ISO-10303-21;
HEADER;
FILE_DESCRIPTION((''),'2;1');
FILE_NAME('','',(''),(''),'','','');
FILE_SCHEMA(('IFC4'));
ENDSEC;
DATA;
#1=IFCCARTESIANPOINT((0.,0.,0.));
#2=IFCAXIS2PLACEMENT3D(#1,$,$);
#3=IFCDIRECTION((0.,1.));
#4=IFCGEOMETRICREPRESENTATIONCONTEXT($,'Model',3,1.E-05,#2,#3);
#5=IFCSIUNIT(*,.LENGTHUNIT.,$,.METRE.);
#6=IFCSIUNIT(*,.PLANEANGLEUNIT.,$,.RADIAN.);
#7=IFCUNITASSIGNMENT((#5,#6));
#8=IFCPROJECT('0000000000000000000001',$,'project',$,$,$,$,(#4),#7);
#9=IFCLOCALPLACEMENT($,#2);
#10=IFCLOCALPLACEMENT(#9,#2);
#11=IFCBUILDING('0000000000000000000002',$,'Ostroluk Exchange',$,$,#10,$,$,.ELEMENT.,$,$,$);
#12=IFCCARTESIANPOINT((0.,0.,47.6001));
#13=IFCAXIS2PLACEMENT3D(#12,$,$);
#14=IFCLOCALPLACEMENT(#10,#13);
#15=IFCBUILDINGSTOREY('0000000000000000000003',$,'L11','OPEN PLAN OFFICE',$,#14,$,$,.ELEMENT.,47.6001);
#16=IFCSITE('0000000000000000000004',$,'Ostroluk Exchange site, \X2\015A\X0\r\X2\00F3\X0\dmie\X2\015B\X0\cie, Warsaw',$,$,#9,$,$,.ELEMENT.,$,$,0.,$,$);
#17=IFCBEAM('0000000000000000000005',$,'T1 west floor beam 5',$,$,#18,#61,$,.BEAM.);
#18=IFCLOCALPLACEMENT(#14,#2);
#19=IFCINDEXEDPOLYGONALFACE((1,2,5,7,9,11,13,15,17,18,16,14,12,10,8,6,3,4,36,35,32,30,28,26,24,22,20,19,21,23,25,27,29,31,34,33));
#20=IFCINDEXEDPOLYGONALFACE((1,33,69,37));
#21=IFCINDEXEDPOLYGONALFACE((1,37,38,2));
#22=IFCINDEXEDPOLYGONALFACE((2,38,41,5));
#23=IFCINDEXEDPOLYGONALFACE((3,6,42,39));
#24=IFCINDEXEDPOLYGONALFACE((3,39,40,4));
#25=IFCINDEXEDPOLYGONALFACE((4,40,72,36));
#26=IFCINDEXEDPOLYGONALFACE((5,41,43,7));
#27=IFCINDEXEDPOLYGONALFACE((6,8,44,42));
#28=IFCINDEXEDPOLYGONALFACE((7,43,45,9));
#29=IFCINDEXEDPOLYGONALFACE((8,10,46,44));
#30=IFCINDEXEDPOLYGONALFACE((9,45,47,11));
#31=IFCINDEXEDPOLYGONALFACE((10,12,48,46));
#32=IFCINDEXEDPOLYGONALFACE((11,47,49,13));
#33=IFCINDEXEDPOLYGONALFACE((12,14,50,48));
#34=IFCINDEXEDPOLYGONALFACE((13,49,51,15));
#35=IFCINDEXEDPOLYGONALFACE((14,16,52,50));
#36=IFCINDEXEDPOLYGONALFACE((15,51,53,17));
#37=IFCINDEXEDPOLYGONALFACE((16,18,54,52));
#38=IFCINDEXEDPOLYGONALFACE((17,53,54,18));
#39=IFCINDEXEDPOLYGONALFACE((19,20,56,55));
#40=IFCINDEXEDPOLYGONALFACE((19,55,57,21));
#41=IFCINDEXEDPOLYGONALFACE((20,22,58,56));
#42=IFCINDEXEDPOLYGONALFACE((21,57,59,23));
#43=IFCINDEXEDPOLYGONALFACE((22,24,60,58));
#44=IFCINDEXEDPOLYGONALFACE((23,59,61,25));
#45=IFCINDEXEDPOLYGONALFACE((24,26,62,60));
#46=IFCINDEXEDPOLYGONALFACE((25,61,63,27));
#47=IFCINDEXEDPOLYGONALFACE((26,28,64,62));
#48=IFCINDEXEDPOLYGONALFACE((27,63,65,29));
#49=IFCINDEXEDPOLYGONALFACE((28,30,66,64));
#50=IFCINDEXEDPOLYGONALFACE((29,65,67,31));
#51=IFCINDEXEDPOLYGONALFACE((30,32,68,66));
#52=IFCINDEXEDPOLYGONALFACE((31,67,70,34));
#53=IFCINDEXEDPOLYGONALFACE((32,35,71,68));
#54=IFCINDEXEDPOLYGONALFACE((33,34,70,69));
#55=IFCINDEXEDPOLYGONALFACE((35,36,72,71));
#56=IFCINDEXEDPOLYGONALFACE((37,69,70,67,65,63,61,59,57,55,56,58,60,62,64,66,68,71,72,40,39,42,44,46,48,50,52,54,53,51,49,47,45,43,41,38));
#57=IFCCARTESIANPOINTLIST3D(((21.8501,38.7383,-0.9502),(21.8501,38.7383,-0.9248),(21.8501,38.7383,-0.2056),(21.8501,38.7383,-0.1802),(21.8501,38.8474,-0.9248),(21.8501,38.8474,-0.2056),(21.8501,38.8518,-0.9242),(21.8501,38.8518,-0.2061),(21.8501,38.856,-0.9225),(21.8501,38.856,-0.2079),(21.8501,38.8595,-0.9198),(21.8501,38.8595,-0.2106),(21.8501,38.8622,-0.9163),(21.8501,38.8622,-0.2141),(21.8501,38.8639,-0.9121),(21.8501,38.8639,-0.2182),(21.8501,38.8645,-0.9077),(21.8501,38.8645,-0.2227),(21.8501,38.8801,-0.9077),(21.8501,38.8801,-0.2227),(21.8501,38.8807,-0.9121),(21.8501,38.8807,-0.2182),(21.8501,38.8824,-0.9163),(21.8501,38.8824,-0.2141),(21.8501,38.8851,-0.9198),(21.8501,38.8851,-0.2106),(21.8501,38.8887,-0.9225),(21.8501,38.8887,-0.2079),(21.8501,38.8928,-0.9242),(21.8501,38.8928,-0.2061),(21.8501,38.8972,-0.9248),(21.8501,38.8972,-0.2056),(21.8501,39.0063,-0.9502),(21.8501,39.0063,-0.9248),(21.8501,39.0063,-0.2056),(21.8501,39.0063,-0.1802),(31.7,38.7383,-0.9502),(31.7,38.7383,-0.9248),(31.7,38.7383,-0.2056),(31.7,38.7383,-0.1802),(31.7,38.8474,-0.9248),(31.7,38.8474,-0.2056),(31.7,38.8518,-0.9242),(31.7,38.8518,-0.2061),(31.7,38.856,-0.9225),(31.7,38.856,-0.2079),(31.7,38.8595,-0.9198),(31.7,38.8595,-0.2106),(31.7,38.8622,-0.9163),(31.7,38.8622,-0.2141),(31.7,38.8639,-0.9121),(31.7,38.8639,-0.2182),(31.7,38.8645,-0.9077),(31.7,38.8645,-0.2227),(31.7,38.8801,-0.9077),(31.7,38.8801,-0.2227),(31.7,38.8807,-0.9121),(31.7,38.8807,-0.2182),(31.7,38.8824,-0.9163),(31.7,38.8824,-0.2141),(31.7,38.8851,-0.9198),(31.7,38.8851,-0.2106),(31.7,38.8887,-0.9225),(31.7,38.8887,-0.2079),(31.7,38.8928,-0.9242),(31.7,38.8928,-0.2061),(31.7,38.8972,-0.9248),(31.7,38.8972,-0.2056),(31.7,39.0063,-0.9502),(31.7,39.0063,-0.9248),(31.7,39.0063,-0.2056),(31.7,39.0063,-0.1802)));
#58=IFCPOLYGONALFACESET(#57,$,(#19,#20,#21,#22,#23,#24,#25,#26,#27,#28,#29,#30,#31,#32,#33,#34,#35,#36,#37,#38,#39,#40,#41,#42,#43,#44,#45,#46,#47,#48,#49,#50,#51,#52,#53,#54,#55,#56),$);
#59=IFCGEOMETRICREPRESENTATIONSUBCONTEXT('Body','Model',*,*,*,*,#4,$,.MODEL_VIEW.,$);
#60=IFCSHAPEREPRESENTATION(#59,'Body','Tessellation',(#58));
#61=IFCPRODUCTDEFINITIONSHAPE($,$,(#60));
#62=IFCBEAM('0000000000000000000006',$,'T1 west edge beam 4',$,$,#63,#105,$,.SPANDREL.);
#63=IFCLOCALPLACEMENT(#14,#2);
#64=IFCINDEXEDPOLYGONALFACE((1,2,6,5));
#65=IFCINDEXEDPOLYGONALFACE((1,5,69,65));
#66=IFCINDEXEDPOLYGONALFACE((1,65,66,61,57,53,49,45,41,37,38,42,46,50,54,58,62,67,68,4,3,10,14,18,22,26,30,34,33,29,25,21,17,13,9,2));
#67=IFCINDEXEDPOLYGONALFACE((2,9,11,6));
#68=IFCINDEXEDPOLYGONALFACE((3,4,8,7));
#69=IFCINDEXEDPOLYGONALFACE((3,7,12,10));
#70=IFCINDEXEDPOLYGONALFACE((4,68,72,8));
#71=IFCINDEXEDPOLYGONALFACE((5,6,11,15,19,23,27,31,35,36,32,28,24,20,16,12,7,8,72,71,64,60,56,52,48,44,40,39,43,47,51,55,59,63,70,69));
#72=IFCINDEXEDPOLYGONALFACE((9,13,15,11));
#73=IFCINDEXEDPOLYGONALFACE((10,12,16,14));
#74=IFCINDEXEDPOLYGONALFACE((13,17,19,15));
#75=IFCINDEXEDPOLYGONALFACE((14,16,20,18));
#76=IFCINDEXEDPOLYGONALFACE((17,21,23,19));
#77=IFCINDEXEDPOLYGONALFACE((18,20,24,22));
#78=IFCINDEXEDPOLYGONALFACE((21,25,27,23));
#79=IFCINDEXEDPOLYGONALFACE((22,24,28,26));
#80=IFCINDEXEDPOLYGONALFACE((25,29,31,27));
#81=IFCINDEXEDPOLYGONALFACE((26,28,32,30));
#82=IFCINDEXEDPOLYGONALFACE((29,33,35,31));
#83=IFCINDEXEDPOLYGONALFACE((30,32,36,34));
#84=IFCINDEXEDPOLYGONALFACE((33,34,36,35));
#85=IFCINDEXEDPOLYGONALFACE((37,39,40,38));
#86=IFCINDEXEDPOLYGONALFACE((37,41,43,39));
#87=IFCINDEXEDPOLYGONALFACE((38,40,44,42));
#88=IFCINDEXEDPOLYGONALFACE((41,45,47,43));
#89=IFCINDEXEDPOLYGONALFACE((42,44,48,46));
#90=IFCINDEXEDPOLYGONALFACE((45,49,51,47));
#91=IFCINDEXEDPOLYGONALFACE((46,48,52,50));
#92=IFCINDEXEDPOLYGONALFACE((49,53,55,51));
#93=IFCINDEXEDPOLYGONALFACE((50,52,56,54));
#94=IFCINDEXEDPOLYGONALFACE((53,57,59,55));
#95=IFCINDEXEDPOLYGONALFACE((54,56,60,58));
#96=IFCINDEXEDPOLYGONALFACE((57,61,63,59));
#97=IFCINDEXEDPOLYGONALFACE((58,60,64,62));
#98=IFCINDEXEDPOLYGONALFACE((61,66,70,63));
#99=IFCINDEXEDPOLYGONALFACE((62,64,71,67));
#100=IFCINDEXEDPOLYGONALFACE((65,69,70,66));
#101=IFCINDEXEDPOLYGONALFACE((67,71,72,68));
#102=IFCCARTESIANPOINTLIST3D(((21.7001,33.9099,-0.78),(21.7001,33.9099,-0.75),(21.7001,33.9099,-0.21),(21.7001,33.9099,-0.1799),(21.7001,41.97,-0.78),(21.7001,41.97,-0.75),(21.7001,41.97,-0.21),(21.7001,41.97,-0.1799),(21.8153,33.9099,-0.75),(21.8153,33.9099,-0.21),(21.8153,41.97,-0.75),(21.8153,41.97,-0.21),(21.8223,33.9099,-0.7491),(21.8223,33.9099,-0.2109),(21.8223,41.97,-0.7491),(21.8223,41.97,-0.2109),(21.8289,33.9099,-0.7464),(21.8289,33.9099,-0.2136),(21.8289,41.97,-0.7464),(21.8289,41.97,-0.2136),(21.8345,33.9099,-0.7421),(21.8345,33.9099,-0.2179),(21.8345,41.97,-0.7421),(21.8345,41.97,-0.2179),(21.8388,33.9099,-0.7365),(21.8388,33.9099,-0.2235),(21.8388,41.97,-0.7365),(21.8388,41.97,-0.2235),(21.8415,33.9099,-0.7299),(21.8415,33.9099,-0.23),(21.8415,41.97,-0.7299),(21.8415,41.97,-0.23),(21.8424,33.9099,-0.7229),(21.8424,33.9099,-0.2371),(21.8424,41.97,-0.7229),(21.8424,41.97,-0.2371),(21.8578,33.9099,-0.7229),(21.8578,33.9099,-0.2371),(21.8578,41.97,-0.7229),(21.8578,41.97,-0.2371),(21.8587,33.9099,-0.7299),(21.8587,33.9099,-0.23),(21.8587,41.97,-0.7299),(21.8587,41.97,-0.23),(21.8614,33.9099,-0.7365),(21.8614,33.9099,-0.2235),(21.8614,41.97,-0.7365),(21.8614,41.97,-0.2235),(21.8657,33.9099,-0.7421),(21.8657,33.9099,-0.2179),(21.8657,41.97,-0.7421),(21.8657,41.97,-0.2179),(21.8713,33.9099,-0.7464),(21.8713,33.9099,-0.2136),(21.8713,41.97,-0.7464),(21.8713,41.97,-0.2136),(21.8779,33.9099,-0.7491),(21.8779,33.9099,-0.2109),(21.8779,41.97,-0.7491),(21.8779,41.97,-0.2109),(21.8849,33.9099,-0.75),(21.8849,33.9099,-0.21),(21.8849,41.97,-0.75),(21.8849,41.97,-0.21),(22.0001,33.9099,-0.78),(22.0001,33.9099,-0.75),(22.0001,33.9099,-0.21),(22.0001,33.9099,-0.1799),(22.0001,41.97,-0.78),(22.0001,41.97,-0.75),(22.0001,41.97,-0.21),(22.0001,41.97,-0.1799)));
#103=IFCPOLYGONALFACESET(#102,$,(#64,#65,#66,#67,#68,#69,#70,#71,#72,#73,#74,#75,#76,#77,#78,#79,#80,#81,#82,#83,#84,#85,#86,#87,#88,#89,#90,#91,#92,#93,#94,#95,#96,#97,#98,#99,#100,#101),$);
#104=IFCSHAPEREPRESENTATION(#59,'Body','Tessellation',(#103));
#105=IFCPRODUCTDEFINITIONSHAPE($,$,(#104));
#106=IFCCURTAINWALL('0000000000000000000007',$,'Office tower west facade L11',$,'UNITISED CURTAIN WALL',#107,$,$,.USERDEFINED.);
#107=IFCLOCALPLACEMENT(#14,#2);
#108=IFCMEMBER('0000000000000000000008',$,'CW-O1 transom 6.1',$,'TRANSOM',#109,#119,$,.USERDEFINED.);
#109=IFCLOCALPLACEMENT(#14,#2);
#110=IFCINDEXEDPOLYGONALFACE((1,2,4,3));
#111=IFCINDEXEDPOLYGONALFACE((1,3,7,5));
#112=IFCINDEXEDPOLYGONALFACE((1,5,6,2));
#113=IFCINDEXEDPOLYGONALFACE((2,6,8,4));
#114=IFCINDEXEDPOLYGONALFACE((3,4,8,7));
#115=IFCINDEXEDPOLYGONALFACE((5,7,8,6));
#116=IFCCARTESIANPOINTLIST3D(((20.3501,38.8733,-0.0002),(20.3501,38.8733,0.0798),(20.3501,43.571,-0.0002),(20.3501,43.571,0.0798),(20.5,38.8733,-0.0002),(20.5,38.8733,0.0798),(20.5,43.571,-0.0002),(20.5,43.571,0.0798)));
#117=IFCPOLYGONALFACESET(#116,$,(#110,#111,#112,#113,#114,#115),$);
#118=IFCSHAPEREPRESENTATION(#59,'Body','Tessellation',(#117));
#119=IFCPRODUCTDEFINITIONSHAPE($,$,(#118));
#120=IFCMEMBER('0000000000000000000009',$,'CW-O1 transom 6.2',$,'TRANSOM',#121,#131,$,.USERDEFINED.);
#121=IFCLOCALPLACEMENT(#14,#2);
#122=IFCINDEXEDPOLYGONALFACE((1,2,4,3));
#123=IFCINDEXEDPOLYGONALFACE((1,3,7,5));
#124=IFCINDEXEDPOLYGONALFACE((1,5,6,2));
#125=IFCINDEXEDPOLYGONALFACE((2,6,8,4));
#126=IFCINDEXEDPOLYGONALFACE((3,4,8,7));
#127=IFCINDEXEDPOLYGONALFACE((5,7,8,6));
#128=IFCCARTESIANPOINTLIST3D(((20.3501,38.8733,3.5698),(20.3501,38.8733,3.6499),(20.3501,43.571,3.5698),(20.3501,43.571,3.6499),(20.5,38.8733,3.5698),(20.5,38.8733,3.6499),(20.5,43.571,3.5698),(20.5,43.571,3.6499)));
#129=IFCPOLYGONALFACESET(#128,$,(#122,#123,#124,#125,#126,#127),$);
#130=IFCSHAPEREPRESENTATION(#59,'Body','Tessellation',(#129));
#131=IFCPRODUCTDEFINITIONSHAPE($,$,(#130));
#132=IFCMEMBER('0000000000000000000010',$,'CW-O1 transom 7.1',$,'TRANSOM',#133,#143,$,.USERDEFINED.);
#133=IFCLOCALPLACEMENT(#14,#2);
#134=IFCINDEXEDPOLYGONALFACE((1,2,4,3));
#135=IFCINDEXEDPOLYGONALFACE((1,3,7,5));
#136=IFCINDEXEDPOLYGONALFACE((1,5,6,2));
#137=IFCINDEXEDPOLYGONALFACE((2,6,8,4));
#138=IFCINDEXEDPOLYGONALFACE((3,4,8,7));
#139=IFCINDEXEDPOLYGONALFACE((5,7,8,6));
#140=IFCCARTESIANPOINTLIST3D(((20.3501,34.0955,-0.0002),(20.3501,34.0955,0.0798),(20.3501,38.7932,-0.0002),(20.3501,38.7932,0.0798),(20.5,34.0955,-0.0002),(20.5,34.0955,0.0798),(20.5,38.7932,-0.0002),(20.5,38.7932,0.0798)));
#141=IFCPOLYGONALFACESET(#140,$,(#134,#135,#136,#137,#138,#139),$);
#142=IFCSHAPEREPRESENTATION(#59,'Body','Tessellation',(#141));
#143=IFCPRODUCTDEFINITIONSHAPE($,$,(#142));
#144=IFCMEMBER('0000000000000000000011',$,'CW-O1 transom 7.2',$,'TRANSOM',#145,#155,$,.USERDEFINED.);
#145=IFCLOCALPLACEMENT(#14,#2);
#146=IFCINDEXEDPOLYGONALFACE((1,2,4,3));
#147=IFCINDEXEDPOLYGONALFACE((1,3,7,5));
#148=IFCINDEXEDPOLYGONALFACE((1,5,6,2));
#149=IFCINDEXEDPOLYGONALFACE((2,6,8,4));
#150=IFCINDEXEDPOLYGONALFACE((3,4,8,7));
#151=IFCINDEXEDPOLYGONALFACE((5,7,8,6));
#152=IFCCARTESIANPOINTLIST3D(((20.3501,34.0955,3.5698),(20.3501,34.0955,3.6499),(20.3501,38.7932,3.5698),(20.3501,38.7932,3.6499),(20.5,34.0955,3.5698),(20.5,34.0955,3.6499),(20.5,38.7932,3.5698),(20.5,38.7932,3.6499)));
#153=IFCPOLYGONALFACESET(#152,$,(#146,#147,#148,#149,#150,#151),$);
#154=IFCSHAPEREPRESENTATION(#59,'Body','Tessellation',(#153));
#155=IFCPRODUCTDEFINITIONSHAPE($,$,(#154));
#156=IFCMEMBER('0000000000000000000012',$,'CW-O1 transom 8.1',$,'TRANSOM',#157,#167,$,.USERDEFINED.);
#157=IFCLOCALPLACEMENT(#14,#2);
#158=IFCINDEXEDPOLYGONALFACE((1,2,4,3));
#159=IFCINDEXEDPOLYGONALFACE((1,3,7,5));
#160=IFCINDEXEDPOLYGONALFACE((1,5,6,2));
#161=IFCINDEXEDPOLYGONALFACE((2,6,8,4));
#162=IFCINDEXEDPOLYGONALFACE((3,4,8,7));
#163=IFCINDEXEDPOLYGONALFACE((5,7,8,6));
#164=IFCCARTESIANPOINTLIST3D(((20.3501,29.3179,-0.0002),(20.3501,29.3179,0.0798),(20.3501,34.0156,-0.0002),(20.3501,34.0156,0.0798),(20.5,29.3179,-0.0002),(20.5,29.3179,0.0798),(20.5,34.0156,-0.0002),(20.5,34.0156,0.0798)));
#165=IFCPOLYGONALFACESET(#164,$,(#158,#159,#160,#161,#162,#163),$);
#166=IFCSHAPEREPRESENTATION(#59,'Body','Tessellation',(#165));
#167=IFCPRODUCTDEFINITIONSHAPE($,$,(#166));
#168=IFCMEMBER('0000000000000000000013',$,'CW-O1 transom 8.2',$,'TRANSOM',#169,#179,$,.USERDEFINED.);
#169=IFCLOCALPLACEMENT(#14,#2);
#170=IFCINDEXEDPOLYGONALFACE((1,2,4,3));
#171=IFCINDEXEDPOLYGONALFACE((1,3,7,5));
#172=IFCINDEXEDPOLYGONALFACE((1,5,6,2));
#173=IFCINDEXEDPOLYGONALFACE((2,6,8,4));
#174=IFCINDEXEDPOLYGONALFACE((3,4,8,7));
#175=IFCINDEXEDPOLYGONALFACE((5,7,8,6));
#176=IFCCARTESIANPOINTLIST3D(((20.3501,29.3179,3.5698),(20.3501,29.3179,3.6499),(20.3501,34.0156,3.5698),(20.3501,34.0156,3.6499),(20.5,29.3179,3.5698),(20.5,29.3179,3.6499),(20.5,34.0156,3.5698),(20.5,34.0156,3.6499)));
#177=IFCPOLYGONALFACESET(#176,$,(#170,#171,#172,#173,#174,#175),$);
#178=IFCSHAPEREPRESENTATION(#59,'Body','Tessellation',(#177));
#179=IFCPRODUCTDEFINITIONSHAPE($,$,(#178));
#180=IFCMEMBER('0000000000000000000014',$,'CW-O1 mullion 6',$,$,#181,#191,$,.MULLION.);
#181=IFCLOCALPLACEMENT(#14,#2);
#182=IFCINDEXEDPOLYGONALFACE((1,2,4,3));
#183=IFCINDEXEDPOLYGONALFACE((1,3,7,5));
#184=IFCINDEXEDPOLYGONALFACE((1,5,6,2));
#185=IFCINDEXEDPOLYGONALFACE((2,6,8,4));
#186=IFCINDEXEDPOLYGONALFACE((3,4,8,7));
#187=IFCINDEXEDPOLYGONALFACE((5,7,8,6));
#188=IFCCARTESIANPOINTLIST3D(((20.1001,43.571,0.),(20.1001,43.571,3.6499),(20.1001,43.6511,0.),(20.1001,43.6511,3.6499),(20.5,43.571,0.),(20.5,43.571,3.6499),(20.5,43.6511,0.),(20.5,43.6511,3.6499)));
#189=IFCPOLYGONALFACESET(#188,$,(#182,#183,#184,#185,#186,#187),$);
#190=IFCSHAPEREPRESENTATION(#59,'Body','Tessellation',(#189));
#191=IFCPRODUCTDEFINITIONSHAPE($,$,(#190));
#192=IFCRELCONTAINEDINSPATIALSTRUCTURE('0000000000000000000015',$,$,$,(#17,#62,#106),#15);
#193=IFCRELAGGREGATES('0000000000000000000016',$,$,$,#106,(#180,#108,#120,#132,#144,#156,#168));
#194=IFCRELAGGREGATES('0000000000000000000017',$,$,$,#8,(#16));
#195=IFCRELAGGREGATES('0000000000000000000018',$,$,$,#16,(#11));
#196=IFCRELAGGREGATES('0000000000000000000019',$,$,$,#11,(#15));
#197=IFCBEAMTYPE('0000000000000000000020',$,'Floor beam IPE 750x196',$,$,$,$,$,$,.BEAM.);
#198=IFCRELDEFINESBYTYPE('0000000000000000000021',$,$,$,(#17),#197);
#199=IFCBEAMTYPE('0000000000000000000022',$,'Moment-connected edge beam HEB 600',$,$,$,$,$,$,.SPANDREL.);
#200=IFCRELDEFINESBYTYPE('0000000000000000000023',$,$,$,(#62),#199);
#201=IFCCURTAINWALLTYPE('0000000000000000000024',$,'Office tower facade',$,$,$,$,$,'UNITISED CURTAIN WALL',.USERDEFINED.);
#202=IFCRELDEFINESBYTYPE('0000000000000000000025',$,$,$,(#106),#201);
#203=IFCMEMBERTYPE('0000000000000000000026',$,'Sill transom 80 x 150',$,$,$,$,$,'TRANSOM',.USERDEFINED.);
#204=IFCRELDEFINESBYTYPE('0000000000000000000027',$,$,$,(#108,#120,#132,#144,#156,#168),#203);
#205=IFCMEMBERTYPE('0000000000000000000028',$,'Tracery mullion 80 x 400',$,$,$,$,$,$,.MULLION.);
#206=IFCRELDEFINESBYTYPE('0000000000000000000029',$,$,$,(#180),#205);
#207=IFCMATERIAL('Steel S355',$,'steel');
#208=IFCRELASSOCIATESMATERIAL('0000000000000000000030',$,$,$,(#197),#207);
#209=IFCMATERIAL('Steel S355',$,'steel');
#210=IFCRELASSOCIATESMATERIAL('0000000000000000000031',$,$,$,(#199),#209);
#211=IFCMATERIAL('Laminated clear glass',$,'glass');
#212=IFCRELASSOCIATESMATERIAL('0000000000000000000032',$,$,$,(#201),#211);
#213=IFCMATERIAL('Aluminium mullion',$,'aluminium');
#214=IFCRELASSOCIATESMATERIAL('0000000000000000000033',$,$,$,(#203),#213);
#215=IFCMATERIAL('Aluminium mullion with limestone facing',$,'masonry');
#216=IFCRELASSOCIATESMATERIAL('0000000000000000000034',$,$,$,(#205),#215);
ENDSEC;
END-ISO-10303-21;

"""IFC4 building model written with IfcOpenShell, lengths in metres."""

from ifc_helpers import new_model, si_unit, direction, frame, origin, origin_2d, place, context, subcontext, project, spatial, rectangle, i_section, extrude, material, material_profile, profile_set, type_object, element, aggregate, save


model = new_model("IFC4")

# Units and contexts
model_context = context("Model", 3, precision=1e-05, world=origin(), true_north=direction((0.0, 1.0)))
body_context = subcontext(model_context, "Body", "Model", "MODEL_VIEW")
ifc_project = project(units=[si_unit("LENGTHUNIT", "METRE"), si_unit("PLANEANGLEUNIT", "RADIAN")], contexts=[model_context])

# Site, building, storey
site_placement = place(None, origin())
site = spatial("IfcSite", under=ifc_project, at=site_placement, Name="Ostroluk Exchange site, Śródmieście, Warsaw", CompositionType="ELEMENT", RefElevation=0.0)
building_placement = place(site_placement, origin())
building = spatial("IfcBuilding", under=site, at=building_placement, Name="Ostroluk Exchange", CompositionType="ELEMENT")
storey_placement = place(building_placement, frame((0.0, 0.0, 47.6001)))
storey = spatial("IfcBuildingStorey", under=building, at=storey_placement, Name="L11", Description="OPEN PLAN OFFICE", CompositionType="ELEMENT", Elevation=47.6001)

# Beams
ifc_material_1 = material(Name="Steel S355", Category="steel")
ifc_material_profile_1 = material_profile(ifc_material_1, i_section(OverallWidth=0.2681, OverallDepth=0.77, WebThickness=0.0156, FlangeThickness=0.0254, FilletRadius=0.0171, at=origin_2d()), Name="IPE 750x196")
ifc_profile_set_1 = profile_set([ifc_material_profile_1], Name="Steel S355")
beam_type_1 = type_object("IfcBeamType", Name="Floor beam IPE 750x196", PredefinedType="BEAM", material=ifc_profile_set_1)
for number, where, z_axis, x_axis, name in (
    (1, (31.7, 38.8723, -0.5652), (-1.0, 0.0, 0.0), (0.0, -1.0, 0.0), "T1 west floor beam 5"),
):
    element("IfcBeam", number, at=place(storey_placement, frame(where, z_axis=z_axis, x_axis=x_axis)), inside=storey, type_object=beam_type_1, Name=name, PredefinedType="BEAM", context=body_context, shape_type="SweptSolid", body=[
        extrude(i_section(OverallWidth=0.2681, OverallDepth=0.77, WebThickness=0.0156, FlangeThickness=0.0254, FilletRadius=0.0171, at=origin_2d()), origin(), (0.0, 0.0, 1.0), 9.8499),
    ])
ifc_material_2 = material(Name="Steel S355", Category="steel")
ifc_material_profile_2 = material_profile(ifc_material_2, i_section(OverallWidth=0.3, OverallDepth=0.6001, WebThickness=0.0154, FlangeThickness=0.03, FilletRadius=0.0271, at=origin_2d()), Name="HEB 600")
ifc_profile_set_2 = profile_set([ifc_material_profile_2], Name="Steel S355")
beam_type_2 = type_object("IfcBeamType", Name="Moment-connected edge beam HEB 600", PredefinedType="SPANDREL", material=ifc_profile_set_2)
beam_1_placement = place(storey_placement, frame((21.8501, 41.97, -0.48), z_axis=(0.0, -1.0, 0.0), x_axis=(1.0, 0.0, 0.0)))
element("IfcBeam", 2, at=beam_1_placement, inside=storey, type_object=beam_type_2, Name="T1 west edge beam 4", PredefinedType="SPANDREL", context=body_context, shape_type="SweptSolid", body=[
    extrude(i_section(OverallWidth=0.3, OverallDepth=0.6001, WebThickness=0.0154, FlangeThickness=0.03, FilletRadius=0.0271, at=origin_2d()), origin(), (0.0, 0.0, 1.0), 8.0601),
])

# Curtain wall, members
ifc_material_3 = material(Name="Laminated clear glass", Category="glass")
curtain_wall_type = type_object("IfcCurtainWallType", Name="Office tower facade", ElementType="UNITISED CURTAIN WALL", PredefinedType="USERDEFINED", material=ifc_material_3)
curtain_wall_placement = place(storey_placement, origin())
curtain_wall = element("IfcCurtainWall", 3, at=curtain_wall_placement, inside=storey, type_object=curtain_wall_type, Name="Office tower west facade L11", ObjectType="UNITISED CURTAIN WALL", PredefinedType="USERDEFINED")
ifc_material_4 = material(Name="Aluminium mullion", Category="aluminium")
ifc_material_profile_3 = material_profile(ifc_material_4, rectangle(XDim=0.1499, YDim=0.0801, at=origin_2d()), Name="Sill transom 80 x 150")
ifc_profile_set_3 = profile_set([ifc_material_profile_3], Name="Aluminium mullion")
member_type_1 = type_object("IfcMemberType", Name="Sill transom 80 x 150", ElementType="TRANSOM", PredefinedType="USERDEFINED", material=ifc_profile_set_3)
member_1_placement = place(storey_placement, frame((20.425, 43.571, 0.0398), z_axis=(0.0, -1.0, 0.0), x_axis=(1.0, 0.0, 0.0)))
member_1 = element("IfcMember", 4, at=member_1_placement, type_object=member_type_1, Name="CW-O1 transom 6.1", ObjectType="TRANSOM", PredefinedType="USERDEFINED", context=body_context, shape_type="SweptSolid", body=[
    extrude(rectangle(XDim=0.1499, YDim=0.0801, at=origin_2d()), origin(), (0.0, 0.0, 1.0), 4.6978),
])
member_2_placement = place(storey_placement, frame((20.425, 43.571, 3.6099), z_axis=(0.0, -1.0, 0.0), x_axis=(1.0, 0.0, 0.0)))
member_2 = element("IfcMember", 5, at=member_2_placement, type_object=member_type_1, Name="CW-O1 transom 6.2", ObjectType="TRANSOM", PredefinedType="USERDEFINED", context=body_context, shape_type="SweptSolid", body=[
    extrude(rectangle(XDim=0.1499, YDim=0.0801, at=origin_2d()), origin(), (0.0, 0.0, 1.0), 4.6978),
])
member_3_placement = place(storey_placement, frame((20.425, 38.7932, 0.0398), z_axis=(0.0, -1.0, 0.0), x_axis=(1.0, 0.0, 0.0)))
member_3 = element("IfcMember", 6, at=member_3_placement, type_object=member_type_1, Name="CW-O1 transom 7.1", ObjectType="TRANSOM", PredefinedType="USERDEFINED", context=body_context, shape_type="SweptSolid", body=[
    extrude(rectangle(XDim=0.1499, YDim=0.0801, at=origin_2d()), origin(), (0.0, 0.0, 1.0), 4.6978),
])
member_4_placement = place(storey_placement, frame((20.425, 38.7932, 3.6099), z_axis=(0.0, -1.0, 0.0), x_axis=(1.0, 0.0, 0.0)))
member_4 = element("IfcMember", 7, at=member_4_placement, type_object=member_type_1, Name="CW-O1 transom 7.2", ObjectType="TRANSOM", PredefinedType="USERDEFINED", context=body_context, shape_type="SweptSolid", body=[
    extrude(rectangle(XDim=0.1499, YDim=0.0801, at=origin_2d()), origin(), (0.0, 0.0, 1.0), 4.6978),
])
member_5_placement = place(storey_placement, frame((20.425, 34.0156, 0.0398), z_axis=(0.0, -1.0, 0.0), x_axis=(1.0, 0.0, 0.0)))
member_5 = element("IfcMember", 8, at=member_5_placement, type_object=member_type_1, Name="CW-O1 transom 8.1", ObjectType="TRANSOM", PredefinedType="USERDEFINED", context=body_context, shape_type="SweptSolid", body=[
    extrude(rectangle(XDim=0.1499, YDim=0.0801, at=origin_2d()), origin(), (0.0, 0.0, 1.0), 4.6978),
])
member_6_placement = place(storey_placement, frame((20.425, 34.0156, 3.6099), z_axis=(0.0, -1.0, 0.0), x_axis=(1.0, 0.0, 0.0)))
member_6 = element("IfcMember", 9, at=member_6_placement, type_object=member_type_1, Name="CW-O1 transom 8.2", ObjectType="TRANSOM", PredefinedType="USERDEFINED", context=body_context, shape_type="SweptSolid", body=[
    extrude(rectangle(XDim=0.1499, YDim=0.0801, at=origin_2d()), origin(), (0.0, 0.0, 1.0), 4.6978),
])
ifc_material_5 = material(Name="Aluminium mullion with limestone facing", Category="masonry")
ifc_material_profile_4 = material_profile(ifc_material_5, rectangle(XDim=0.3999, YDim=0.0801, at=origin_2d()), Name="Tracery mullion 80 x 400")
ifc_profile_set_4 = profile_set([ifc_material_profile_4], Name="Aluminium mullion with limestone facing")
member_type_2 = type_object("IfcMemberType", Name="Tracery mullion 80 x 400", PredefinedType="MULLION", material=ifc_profile_set_4)
member_7_placement = place(storey_placement, frame((20.3, 43.6111, 0.0), z_axis=(0.0, 0.0, 1.0), x_axis=(1.0, 0.0, 0.0)))
member_7 = element("IfcMember", 10, at=member_7_placement, type_object=member_type_2, Name="CW-O1 mullion 6", PredefinedType="MULLION", context=body_context, shape_type="SweptSolid", body=[
    extrude(rectangle(XDim=0.3999, YDim=0.0801, at=origin_2d()), origin(), (0.0, 0.0, 1.0), 3.6499),
])
aggregate(curtain_wall, [member_7, member_1, member_2, member_3, member_4, member_5, member_6])

save(model, "model.ifc")
